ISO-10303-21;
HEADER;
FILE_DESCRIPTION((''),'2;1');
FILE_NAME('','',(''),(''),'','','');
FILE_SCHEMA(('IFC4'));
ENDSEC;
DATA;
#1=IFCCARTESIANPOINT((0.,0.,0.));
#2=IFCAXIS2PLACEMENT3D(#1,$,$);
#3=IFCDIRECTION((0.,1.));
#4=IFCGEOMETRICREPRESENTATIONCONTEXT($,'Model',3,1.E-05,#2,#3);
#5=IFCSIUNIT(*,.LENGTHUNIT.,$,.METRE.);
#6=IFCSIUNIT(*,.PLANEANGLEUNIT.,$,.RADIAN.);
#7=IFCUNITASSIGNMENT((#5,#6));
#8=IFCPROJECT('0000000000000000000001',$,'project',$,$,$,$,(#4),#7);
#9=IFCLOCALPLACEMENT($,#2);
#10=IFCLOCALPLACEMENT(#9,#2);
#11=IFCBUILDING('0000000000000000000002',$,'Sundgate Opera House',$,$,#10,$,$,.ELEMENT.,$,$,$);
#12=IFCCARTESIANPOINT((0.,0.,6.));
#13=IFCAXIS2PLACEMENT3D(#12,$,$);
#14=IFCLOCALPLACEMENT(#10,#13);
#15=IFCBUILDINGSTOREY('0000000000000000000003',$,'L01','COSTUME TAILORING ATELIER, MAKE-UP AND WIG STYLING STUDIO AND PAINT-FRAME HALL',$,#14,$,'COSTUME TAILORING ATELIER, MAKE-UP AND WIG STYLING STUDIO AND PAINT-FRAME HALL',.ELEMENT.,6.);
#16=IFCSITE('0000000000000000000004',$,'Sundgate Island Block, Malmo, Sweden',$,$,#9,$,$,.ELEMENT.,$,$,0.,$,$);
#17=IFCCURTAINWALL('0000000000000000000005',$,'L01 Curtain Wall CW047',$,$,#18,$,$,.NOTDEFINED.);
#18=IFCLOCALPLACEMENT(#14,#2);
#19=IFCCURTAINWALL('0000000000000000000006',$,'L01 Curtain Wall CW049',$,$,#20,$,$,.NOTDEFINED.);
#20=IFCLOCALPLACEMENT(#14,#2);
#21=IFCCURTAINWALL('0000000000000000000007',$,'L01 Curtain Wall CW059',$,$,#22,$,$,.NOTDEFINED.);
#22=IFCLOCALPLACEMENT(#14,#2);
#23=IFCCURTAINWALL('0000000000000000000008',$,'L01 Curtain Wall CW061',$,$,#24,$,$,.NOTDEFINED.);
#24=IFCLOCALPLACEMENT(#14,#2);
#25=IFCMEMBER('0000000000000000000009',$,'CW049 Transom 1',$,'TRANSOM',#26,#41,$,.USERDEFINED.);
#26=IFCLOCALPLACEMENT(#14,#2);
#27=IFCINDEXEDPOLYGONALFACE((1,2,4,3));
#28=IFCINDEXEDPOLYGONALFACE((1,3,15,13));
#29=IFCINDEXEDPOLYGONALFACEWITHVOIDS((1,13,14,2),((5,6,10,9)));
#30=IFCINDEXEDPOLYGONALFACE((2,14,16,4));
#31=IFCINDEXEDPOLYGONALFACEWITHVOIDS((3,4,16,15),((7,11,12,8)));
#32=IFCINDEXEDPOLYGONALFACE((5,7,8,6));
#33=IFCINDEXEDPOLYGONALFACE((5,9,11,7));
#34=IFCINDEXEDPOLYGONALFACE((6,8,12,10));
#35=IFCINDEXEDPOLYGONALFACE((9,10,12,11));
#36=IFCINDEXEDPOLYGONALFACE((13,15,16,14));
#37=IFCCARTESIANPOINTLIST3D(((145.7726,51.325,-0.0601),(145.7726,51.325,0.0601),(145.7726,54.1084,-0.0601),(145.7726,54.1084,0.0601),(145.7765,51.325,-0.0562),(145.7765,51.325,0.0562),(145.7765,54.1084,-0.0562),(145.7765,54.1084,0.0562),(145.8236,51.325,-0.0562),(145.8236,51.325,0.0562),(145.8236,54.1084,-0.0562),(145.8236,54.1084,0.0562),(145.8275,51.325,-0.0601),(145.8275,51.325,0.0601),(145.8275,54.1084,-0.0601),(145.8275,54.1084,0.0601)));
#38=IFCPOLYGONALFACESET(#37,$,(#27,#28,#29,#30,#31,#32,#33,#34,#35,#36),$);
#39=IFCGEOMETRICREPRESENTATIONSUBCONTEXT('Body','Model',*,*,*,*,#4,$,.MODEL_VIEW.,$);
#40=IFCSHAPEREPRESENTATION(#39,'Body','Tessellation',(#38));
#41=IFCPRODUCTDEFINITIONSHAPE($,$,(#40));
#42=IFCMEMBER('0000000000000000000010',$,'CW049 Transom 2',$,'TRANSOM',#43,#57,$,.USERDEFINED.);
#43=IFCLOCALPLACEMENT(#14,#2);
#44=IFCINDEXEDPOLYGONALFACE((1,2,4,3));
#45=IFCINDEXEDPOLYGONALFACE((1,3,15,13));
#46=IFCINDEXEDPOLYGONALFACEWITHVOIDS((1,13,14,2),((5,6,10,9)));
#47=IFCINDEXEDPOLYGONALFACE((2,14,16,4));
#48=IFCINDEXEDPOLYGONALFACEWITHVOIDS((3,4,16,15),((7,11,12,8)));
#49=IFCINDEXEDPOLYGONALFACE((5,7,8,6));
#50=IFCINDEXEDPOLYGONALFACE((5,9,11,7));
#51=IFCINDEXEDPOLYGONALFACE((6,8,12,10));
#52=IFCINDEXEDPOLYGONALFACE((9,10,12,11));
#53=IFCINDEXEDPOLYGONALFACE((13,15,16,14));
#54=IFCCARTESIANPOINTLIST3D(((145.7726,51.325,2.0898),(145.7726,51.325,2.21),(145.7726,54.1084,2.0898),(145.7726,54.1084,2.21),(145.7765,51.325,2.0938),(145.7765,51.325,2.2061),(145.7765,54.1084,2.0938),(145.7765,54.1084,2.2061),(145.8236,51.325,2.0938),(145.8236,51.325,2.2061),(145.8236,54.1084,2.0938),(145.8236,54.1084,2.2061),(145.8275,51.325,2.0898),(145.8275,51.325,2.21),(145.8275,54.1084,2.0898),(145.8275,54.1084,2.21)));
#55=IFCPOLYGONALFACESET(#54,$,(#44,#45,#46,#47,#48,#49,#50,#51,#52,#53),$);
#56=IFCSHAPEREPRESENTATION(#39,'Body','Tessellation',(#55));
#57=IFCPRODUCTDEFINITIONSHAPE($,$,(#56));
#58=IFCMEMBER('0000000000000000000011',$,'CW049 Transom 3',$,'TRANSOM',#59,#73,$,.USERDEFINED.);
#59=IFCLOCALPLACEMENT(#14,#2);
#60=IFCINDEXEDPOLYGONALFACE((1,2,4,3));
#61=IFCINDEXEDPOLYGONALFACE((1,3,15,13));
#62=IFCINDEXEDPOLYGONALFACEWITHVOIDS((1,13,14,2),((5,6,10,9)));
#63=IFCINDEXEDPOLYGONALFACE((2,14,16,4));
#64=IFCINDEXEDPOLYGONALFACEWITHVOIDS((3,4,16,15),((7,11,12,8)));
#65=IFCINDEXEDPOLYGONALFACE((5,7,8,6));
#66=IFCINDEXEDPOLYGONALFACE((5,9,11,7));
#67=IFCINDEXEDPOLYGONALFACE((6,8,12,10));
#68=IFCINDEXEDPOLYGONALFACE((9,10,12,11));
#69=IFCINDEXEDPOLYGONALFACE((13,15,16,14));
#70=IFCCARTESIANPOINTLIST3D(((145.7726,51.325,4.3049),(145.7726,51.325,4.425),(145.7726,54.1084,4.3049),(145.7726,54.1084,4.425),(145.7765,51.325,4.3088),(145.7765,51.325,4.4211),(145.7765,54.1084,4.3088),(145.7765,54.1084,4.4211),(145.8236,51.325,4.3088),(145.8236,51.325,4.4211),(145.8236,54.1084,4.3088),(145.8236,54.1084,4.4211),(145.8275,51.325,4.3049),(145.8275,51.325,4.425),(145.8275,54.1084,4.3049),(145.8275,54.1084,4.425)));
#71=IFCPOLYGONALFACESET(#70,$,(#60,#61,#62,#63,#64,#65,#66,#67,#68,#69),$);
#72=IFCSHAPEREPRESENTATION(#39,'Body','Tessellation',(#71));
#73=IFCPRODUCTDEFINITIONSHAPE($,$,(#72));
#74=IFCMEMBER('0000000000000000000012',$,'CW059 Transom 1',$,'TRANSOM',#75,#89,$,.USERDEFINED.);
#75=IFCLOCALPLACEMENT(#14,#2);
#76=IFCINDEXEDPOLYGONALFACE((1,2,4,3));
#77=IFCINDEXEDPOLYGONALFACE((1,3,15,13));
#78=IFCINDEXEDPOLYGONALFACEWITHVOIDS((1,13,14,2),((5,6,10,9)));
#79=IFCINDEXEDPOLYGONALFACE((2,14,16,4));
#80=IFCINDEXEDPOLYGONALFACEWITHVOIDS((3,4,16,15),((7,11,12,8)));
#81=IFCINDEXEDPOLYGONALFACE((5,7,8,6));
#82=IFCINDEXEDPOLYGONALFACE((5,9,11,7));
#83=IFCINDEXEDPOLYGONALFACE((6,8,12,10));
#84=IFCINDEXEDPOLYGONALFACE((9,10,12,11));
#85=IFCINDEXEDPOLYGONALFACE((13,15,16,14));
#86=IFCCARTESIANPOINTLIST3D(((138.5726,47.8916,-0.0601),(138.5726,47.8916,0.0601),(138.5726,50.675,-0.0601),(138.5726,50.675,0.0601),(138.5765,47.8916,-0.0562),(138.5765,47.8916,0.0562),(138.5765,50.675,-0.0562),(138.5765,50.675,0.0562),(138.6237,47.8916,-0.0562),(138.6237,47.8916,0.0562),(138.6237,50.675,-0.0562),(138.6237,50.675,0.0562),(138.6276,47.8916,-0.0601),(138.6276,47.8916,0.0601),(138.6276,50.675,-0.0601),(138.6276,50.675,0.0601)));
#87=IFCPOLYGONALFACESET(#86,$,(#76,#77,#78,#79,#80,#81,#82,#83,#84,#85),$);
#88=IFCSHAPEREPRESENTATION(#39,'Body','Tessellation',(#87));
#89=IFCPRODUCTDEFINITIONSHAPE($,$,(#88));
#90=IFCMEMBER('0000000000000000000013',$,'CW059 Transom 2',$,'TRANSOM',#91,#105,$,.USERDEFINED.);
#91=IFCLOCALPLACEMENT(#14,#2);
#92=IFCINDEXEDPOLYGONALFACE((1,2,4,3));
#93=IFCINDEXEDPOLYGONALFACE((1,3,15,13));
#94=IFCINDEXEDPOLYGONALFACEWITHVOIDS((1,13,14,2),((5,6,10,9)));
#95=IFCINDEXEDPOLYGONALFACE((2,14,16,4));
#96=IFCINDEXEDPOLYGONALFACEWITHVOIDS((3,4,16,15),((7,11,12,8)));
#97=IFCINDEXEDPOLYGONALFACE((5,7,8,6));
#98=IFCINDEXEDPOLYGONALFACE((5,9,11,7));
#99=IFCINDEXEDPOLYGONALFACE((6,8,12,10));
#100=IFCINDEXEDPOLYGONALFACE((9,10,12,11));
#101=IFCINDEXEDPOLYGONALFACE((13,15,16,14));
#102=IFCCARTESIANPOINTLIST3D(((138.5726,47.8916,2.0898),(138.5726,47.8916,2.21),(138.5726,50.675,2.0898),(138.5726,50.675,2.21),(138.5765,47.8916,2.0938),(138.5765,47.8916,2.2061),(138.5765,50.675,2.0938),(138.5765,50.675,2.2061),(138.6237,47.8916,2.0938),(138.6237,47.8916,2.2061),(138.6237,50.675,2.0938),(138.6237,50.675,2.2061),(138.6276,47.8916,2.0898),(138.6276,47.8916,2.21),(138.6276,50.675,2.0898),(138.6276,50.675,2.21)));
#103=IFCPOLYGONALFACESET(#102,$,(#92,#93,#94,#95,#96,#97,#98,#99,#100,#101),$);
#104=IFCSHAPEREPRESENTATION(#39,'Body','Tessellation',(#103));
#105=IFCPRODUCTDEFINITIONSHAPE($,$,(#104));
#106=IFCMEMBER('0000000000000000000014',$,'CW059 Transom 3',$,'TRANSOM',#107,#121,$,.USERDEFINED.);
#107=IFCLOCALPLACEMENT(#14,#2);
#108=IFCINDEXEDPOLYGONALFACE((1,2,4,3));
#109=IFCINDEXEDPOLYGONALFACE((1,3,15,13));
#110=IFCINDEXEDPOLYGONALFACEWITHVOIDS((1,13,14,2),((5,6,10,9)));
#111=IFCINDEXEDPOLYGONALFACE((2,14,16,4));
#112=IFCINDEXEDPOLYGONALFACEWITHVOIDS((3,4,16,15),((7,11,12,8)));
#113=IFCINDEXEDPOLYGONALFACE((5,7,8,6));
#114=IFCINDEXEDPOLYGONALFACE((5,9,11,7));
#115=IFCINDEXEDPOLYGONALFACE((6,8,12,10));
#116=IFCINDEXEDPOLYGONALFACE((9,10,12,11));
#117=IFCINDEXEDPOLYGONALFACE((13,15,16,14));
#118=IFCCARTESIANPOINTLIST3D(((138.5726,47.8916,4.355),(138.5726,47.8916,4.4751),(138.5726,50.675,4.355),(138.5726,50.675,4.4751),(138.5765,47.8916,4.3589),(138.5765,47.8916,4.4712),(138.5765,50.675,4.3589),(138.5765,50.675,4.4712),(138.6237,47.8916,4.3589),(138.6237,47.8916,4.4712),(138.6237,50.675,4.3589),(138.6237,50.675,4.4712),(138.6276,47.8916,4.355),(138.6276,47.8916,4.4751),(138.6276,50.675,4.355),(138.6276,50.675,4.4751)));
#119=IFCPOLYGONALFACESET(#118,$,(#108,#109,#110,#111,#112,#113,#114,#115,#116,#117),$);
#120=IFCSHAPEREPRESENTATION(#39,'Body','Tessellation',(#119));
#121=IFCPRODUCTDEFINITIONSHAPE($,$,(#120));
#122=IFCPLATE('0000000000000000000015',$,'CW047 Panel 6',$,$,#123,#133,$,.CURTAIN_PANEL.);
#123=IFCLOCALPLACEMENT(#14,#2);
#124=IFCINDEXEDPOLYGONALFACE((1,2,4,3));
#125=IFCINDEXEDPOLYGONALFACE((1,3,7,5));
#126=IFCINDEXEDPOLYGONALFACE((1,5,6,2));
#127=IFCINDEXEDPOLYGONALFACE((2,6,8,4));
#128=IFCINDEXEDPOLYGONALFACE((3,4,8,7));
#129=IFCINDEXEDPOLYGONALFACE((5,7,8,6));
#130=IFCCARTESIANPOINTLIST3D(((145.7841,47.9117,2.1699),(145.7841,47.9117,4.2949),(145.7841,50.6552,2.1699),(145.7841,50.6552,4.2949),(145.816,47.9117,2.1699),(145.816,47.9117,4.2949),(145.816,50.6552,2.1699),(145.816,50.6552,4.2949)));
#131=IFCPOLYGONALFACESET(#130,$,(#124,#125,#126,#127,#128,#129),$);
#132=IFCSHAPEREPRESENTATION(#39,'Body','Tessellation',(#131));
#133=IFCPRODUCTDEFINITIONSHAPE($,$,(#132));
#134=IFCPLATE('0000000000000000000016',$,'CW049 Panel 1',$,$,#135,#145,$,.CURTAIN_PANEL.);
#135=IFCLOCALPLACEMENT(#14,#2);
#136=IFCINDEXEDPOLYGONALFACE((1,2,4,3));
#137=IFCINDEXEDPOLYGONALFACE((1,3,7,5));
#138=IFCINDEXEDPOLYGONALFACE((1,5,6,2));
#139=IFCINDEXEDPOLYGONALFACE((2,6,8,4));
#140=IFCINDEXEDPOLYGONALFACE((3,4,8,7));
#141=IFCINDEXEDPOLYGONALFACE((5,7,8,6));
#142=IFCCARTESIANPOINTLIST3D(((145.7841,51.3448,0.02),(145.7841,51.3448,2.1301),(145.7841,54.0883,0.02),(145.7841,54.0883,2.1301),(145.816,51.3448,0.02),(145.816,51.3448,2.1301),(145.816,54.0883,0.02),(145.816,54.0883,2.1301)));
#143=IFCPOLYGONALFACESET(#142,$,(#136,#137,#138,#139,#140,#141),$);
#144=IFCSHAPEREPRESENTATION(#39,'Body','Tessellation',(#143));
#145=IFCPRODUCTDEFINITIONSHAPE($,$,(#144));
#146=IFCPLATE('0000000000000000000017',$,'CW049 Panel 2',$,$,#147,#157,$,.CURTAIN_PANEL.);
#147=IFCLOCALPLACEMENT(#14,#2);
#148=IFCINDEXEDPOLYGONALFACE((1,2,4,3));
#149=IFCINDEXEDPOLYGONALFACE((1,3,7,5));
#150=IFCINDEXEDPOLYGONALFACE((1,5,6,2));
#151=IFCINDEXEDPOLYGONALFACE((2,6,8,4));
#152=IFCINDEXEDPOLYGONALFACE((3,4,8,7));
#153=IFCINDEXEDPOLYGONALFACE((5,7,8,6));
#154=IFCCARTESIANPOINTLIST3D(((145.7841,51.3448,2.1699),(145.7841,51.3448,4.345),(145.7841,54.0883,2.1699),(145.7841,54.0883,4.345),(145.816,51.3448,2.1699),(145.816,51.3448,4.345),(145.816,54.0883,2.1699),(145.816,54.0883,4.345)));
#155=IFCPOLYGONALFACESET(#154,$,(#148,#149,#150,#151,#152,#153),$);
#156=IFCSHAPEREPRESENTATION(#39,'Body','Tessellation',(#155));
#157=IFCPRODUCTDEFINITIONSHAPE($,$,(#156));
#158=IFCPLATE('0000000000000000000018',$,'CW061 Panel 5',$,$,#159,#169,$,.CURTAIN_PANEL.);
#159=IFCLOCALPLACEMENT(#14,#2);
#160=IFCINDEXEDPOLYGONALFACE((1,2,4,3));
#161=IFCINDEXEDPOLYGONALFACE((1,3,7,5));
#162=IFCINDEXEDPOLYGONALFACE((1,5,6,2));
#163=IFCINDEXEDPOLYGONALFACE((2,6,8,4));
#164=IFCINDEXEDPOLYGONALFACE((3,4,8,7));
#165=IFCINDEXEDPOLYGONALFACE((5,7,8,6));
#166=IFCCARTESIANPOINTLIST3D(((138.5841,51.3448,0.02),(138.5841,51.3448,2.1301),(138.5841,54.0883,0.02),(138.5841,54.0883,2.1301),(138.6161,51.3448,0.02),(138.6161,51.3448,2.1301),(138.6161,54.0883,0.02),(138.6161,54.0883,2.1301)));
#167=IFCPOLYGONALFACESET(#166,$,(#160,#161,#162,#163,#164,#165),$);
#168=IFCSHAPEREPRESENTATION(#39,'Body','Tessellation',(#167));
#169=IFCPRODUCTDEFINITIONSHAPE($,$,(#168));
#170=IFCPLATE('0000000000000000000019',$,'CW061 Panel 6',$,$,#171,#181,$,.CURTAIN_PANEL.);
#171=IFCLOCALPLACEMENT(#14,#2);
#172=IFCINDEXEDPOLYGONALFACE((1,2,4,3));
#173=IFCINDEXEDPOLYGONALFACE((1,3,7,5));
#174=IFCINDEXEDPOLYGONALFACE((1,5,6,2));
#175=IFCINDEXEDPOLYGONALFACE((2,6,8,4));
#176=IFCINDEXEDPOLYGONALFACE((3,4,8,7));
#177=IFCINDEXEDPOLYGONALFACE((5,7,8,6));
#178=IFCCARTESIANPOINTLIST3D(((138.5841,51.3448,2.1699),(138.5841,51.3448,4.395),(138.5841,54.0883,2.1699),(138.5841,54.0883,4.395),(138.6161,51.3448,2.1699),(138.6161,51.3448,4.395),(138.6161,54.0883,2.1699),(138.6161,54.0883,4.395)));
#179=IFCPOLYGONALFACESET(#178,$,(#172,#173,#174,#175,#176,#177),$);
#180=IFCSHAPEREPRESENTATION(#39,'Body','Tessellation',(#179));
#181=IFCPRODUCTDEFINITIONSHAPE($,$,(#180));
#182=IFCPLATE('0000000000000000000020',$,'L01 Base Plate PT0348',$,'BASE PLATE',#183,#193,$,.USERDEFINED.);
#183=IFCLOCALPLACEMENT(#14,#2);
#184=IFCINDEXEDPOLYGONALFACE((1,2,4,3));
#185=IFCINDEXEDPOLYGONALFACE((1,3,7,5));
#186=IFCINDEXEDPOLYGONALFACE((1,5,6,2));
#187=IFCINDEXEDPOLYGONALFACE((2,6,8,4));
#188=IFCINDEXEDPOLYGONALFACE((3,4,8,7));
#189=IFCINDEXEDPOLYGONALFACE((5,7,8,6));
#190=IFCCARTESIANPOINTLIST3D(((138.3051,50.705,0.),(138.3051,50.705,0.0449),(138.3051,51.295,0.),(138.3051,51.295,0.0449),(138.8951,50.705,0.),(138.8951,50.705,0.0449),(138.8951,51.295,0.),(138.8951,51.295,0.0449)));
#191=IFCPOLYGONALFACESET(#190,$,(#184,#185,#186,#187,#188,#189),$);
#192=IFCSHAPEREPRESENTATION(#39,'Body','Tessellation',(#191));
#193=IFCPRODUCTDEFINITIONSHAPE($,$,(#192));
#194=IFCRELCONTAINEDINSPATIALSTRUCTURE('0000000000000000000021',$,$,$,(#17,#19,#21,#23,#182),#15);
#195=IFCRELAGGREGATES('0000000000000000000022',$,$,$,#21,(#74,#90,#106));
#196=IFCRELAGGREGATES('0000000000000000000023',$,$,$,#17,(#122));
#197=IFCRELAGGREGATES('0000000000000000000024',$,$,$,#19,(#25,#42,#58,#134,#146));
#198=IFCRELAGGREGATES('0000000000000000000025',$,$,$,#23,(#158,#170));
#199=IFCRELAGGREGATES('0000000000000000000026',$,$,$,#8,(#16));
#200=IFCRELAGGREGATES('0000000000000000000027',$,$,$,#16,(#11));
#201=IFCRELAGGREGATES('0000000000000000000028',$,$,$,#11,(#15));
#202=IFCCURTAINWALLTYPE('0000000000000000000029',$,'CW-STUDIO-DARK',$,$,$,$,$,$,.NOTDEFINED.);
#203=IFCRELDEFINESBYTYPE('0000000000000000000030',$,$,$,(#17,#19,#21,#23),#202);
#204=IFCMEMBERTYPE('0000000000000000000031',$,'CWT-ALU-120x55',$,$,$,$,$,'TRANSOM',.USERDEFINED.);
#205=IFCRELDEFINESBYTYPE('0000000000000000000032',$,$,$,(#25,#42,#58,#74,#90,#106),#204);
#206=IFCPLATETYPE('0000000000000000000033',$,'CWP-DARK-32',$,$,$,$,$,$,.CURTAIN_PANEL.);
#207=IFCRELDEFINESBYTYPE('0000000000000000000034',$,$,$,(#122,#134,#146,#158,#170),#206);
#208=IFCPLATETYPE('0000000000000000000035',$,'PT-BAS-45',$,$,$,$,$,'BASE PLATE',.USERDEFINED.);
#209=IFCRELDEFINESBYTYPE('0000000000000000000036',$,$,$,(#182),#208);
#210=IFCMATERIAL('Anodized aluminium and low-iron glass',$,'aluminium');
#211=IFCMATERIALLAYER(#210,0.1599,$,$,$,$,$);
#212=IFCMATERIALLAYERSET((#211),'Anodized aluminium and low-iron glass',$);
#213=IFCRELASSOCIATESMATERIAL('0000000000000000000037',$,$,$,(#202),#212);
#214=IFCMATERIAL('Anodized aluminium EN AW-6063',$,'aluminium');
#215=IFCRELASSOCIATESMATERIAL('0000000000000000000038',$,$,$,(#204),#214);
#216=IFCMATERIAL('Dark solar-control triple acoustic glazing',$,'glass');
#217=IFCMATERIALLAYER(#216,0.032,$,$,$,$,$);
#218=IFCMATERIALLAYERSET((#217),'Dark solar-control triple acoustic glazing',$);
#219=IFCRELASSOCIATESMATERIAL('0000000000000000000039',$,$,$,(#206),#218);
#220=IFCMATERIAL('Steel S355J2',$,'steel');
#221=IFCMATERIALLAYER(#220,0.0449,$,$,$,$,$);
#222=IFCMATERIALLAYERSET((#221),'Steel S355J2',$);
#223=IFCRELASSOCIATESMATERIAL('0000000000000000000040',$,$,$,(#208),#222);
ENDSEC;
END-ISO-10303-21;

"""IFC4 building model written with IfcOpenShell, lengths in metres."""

from ifc_helpers import new_model, si_unit, direction, frame, origin, origin_2d, place, context, subcontext, project, spatial, rectangle, hollow_rectangle, extrude, material, layer, layer_set, material_profile, profile_set, type_object, element, aggregate, save


model = new_model("IFC4")

# Units and contexts
model_context = context("Model", 3, precision=1e-05, world=origin(), true_north=direction((0.0, 1.0)))
body_context = subcontext(model_context, "Body", "Model", "MODEL_VIEW")
ifc_project = project(units=[si_unit("LENGTHUNIT", "METRE"), si_unit("PLANEANGLEUNIT", "RADIAN")], contexts=[model_context])

# Site, building, storey
site_placement = place(None, origin())
site = spatial("IfcSite", under=ifc_project, at=site_placement, Name="Sundgate Island Block, Malmo, Sweden", CompositionType="ELEMENT", RefElevation=0.0)
building_placement = place(site_placement, origin())
building = spatial("IfcBuilding", under=site, at=building_placement, Name="Sundgate Opera House", CompositionType="ELEMENT")
storey_placement = place(building_placement, frame((0.0, 0.0, 6.0)))
storey = spatial("IfcBuildingStorey", under=building, at=storey_placement, Name="L01", Description="COSTUME TAILORING ATELIER, MAKE-UP AND WIG STYLING STUDIO AND PAINT-FRAME HALL", LongName="COSTUME TAILORING ATELIER, MAKE-UP AND WIG STYLING STUDIO AND PAINT-FRAME HALL", CompositionType="ELEMENT", Elevation=6.0)

# Curtain walls
ifc_material_1 = material(Name="Anodized aluminium and low-iron glass", Category="aluminium")
ifc_layer_1 = layer(ifc_material_1, 0.1599)
ifc_layer_set_1 = layer_set([ifc_layer_1], Name="Anodized aluminium and low-iron glass")
curtain_wall_type = type_object("IfcCurtainWallType", Name="CW-STUDIO-DARK", PredefinedType="NOTDEFINED", material=ifc_layer_set_1)
curtain_wall_1_placement = place(storey_placement, origin())
curtain_wall_1 = element("IfcCurtainWall", 1, at=curtain_wall_1_placement, inside=storey, type_object=curtain_wall_type, Name="L01 Curtain Wall CW047", PredefinedType="NOTDEFINED")
curtain_wall_2_placement = place(storey_placement, origin())
curtain_wall_2 = element("IfcCurtainWall", 2, at=curtain_wall_2_placement, inside=storey, type_object=curtain_wall_type, Name="L01 Curtain Wall CW049", PredefinedType="NOTDEFINED")
curtain_wall_3_placement = place(storey_placement, origin())
curtain_wall_3 = element("IfcCurtainWall", 3, at=curtain_wall_3_placement, inside=storey, type_object=curtain_wall_type, Name="L01 Curtain Wall CW059", PredefinedType="NOTDEFINED")
curtain_wall_4_placement = place(storey_placement, origin())
curtain_wall_4 = element("IfcCurtainWall", 4, at=curtain_wall_4_placement, inside=storey, type_object=curtain_wall_type, Name="L01 Curtain Wall CW061", PredefinedType="NOTDEFINED")

# Members
ifc_material_2 = material(Name="Anodized aluminium EN AW-6063", Category="aluminium")
ifc_material_profile_1 = material_profile(ifc_material_2, hollow_rectangle(XDim=0.0549, YDim=0.1201, WallThickness=0.0039, at=origin_2d()), Name="CWT 120x55x4")
ifc_profile_set_1 = profile_set([ifc_material_profile_1], Name="Anodized aluminium EN AW-6063")
member_type_1 = type_object("IfcMemberType", Name="CWT-ALU-120x55", ElementType="TRANSOM", PredefinedType="USERDEFINED", material=ifc_profile_set_1)
member_1_placement = place(storey_placement, frame((145.8, 51.325, 0.0), z_axis=(0.0, 1.0, 0.0), x_axis=(-1.0, 0.0, 0.0)))
member_1 = element("IfcMember", 5, at=member_1_placement, type_object=member_type_1, Name="CW049 Transom 1", ObjectType="TRANSOM", PredefinedType="USERDEFINED", context=body_context, shape_type="SweptSolid", body=[
    extrude(hollow_rectangle(XDim=0.0549, YDim=0.1201, WallThickness=0.0039, at=origin_2d()), origin(), (0.0, 0.0, 1.0), 2.7834),
])
member_2_placement = place(storey_placement, frame((145.8, 51.325, 2.1499), z_axis=(0.0, 1.0, 0.0), x_axis=(-1.0, 0.0, 0.0)))
member_2 = element("IfcMember", 6, at=member_2_placement, type_object=member_type_1, Name="CW049 Transom 2", ObjectType="TRANSOM", PredefinedType="USERDEFINED", context=body_context, shape_type="SweptSolid", body=[
    extrude(hollow_rectangle(XDim=0.0549, YDim=0.1201, WallThickness=0.0039, at=origin_2d()), origin(), (0.0, 0.0, 1.0), 2.7834),
])
member_3_placement = place(storey_placement, frame((145.8, 51.325, 4.365), z_axis=(0.0, 1.0, 0.0), x_axis=(-1.0, 0.0, 0.0)))
member_3 = element("IfcMember", 7, at=member_3_placement, type_object=member_type_1, Name="CW049 Transom 3", ObjectType="TRANSOM", PredefinedType="USERDEFINED", context=body_context, shape_type="SweptSolid", body=[
    extrude(hollow_rectangle(XDim=0.0549, YDim=0.1201, WallThickness=0.0039, at=origin_2d()), origin(), (0.0, 0.0, 1.0), 2.7834),
])
member_4_placement = place(storey_placement, frame((138.6001, 50.675, 0.0), z_axis=(0.0, -1.0, 0.0), x_axis=(1.0, 0.0, 0.0)))
member_4 = element("IfcMember", 8, at=member_4_placement, type_object=member_type_1, Name="CW059 Transom 1", ObjectType="TRANSOM", PredefinedType="USERDEFINED", context=body_context, shape_type="SweptSolid", body=[
    extrude(hollow_rectangle(XDim=0.0549, YDim=0.1201, WallThickness=0.0039, at=origin_2d()), origin(), (0.0, 0.0, 1.0), 2.7834),
])
member_5_placement = place(storey_placement, frame((138.6001, 50.675, 2.1499), z_axis=(0.0, -1.0, 0.0), x_axis=(1.0, 0.0, 0.0)))
member_5 = element("IfcMember", 9, at=member_5_placement, type_object=member_type_1, Name="CW059 Transom 2", ObjectType="TRANSOM", PredefinedType="USERDEFINED", context=body_context, shape_type="SweptSolid", body=[
    extrude(hollow_rectangle(XDim=0.0549, YDim=0.1201, WallThickness=0.0039, at=origin_2d()), origin(), (0.0, 0.0, 1.0), 2.7834),
])
member_6_placement = place(storey_placement, frame((138.6001, 50.675, 4.415), z_axis=(0.0, -1.0, 0.0), x_axis=(1.0, 0.0, 0.0)))
member_6 = element("IfcMember", 10, at=member_6_placement, type_object=member_type_1, Name="CW059 Transom 3", ObjectType="TRANSOM", PredefinedType="USERDEFINED", context=body_context, shape_type="SweptSolid", body=[
    extrude(hollow_rectangle(XDim=0.0549, YDim=0.1201, WallThickness=0.0039, at=origin_2d()), origin(), (0.0, 0.0, 1.0), 2.7834),
])
aggregate(curtain_wall_3, [member_4, member_5, member_6])

# Plates
ifc_material_3 = material(Name="Dark solar-control triple acoustic glazing", Category="glass")
ifc_layer_2 = layer(ifc_material_3, 0.032)
ifc_layer_set_2 = layer_set([ifc_layer_2], Name="Dark solar-control triple acoustic glazing")
plate_type_1 = type_object("IfcPlateType", Name="CWP-DARK-32", PredefinedType="CURTAIN_PANEL", material=ifc_layer_set_2)
plate_1_placement = place(storey_placement, frame((145.8, 49.2834, 2.1699), z_axis=(0.0, 0.0, 1.0), x_axis=(0.0, 1.0, 0.0)))
plate_1 = element("IfcPlate", 11, at=plate_1_placement, type_object=plate_type_1, Name="CW047 Panel 6", PredefinedType="CURTAIN_PANEL", context=body_context, shape_type="SweptSolid", body=[
    extrude(rectangle(XDim=2.7434, YDim=0.032, at=origin_2d()), origin(), (0.0, 0.0, 1.0), 2.125),
])
aggregate(curtain_wall_1, [plate_1])
plate_2_placement = place(storey_placement, frame((145.8, 52.7166, 0.02), z_axis=(0.0, 0.0, 1.0), x_axis=(0.0, 1.0, 0.0)))
plate_2 = element("IfcPlate", 12, at=plate_2_placement, type_object=plate_type_1, Name="CW049 Panel 1", PredefinedType="CURTAIN_PANEL", context=body_context, shape_type="SweptSolid", body=[
    extrude(rectangle(XDim=2.7434, YDim=0.032, at=origin_2d()), origin(), (0.0, 0.0, 1.0), 2.1101),
])
plate_3_placement = place(storey_placement, frame((145.8, 52.7166, 2.1699), z_axis=(0.0, 0.0, 1.0), x_axis=(0.0, 1.0, 0.0)))
plate_3 = element("IfcPlate", 13, at=plate_3_placement, type_object=plate_type_1, Name="CW049 Panel 2", PredefinedType="CURTAIN_PANEL", context=body_context, shape_type="SweptSolid", body=[
    extrude(rectangle(XDim=2.7434, YDim=0.032, at=origin_2d()), origin(), (0.0, 0.0, 1.0), 2.175),
])
aggregate(curtain_wall_2, [member_1, member_2, member_3, plate_2, plate_3])
plate_4_placement = place(storey_placement, frame((138.6001, 52.7166, 0.02), z_axis=(0.0, 0.0, 1.0), x_axis=(0.0, -1.0, 0.0)))
plate_4 = element("IfcPlate", 14, at=plate_4_placement, type_object=plate_type_1, Name="CW061 Panel 5", PredefinedType="CURTAIN_PANEL", context=body_context, shape_type="SweptSolid", body=[
    extrude(rectangle(XDim=2.7434, YDim=0.032, at=origin_2d()), origin(), (0.0, 0.0, 1.0), 2.1101),
])
plate_5_placement = place(storey_placement, frame((138.6001, 52.7166, 2.1699), z_axis=(0.0, 0.0, 1.0), x_axis=(0.0, -1.0, 0.0)))
plate_5 = element("IfcPlate", 15, at=plate_5_placement, type_object=plate_type_1, Name="CW061 Panel 6", PredefinedType="CURTAIN_PANEL", context=body_context, shape_type="SweptSolid", body=[
    extrude(rectangle(XDim=2.7434, YDim=0.032, at=origin_2d()), origin(), (0.0, 0.0, 1.0), 2.2251),
])
aggregate(curtain_wall_4, [plate_4, plate_5])

# Plate
ifc_material_4 = material(Name="Steel S355J2", Category="steel")
ifc_layer_3 = layer(ifc_material_4, 0.0449)
ifc_layer_set_3 = layer_set([ifc_layer_3], Name="Steel S355J2")
plate_type_2 = type_object("IfcPlateType", Name="PT-BAS-45", ElementType="BASE PLATE", PredefinedType="USERDEFINED", material=ifc_layer_set_3)
plate_6_placement = place(storey_placement, frame((138.6001, 51.0, 0.0), z_axis=(0.0, 0.0, 1.0), x_axis=(1.0, 0.0, 0.0)))
element("IfcPlate", 16, at=plate_6_placement, inside=storey, type_object=plate_type_2, Name="L01 Base Plate PT0348", ObjectType="BASE PLATE", PredefinedType="USERDEFINED", context=body_context, shape_type="SweptSolid", body=[
    extrude(rectangle(XDim=0.5901, YDim=0.5901, at=origin_2d()), origin(), (0.0, 0.0, 1.0), 0.0449),
])

save(model, "model.ifc")
